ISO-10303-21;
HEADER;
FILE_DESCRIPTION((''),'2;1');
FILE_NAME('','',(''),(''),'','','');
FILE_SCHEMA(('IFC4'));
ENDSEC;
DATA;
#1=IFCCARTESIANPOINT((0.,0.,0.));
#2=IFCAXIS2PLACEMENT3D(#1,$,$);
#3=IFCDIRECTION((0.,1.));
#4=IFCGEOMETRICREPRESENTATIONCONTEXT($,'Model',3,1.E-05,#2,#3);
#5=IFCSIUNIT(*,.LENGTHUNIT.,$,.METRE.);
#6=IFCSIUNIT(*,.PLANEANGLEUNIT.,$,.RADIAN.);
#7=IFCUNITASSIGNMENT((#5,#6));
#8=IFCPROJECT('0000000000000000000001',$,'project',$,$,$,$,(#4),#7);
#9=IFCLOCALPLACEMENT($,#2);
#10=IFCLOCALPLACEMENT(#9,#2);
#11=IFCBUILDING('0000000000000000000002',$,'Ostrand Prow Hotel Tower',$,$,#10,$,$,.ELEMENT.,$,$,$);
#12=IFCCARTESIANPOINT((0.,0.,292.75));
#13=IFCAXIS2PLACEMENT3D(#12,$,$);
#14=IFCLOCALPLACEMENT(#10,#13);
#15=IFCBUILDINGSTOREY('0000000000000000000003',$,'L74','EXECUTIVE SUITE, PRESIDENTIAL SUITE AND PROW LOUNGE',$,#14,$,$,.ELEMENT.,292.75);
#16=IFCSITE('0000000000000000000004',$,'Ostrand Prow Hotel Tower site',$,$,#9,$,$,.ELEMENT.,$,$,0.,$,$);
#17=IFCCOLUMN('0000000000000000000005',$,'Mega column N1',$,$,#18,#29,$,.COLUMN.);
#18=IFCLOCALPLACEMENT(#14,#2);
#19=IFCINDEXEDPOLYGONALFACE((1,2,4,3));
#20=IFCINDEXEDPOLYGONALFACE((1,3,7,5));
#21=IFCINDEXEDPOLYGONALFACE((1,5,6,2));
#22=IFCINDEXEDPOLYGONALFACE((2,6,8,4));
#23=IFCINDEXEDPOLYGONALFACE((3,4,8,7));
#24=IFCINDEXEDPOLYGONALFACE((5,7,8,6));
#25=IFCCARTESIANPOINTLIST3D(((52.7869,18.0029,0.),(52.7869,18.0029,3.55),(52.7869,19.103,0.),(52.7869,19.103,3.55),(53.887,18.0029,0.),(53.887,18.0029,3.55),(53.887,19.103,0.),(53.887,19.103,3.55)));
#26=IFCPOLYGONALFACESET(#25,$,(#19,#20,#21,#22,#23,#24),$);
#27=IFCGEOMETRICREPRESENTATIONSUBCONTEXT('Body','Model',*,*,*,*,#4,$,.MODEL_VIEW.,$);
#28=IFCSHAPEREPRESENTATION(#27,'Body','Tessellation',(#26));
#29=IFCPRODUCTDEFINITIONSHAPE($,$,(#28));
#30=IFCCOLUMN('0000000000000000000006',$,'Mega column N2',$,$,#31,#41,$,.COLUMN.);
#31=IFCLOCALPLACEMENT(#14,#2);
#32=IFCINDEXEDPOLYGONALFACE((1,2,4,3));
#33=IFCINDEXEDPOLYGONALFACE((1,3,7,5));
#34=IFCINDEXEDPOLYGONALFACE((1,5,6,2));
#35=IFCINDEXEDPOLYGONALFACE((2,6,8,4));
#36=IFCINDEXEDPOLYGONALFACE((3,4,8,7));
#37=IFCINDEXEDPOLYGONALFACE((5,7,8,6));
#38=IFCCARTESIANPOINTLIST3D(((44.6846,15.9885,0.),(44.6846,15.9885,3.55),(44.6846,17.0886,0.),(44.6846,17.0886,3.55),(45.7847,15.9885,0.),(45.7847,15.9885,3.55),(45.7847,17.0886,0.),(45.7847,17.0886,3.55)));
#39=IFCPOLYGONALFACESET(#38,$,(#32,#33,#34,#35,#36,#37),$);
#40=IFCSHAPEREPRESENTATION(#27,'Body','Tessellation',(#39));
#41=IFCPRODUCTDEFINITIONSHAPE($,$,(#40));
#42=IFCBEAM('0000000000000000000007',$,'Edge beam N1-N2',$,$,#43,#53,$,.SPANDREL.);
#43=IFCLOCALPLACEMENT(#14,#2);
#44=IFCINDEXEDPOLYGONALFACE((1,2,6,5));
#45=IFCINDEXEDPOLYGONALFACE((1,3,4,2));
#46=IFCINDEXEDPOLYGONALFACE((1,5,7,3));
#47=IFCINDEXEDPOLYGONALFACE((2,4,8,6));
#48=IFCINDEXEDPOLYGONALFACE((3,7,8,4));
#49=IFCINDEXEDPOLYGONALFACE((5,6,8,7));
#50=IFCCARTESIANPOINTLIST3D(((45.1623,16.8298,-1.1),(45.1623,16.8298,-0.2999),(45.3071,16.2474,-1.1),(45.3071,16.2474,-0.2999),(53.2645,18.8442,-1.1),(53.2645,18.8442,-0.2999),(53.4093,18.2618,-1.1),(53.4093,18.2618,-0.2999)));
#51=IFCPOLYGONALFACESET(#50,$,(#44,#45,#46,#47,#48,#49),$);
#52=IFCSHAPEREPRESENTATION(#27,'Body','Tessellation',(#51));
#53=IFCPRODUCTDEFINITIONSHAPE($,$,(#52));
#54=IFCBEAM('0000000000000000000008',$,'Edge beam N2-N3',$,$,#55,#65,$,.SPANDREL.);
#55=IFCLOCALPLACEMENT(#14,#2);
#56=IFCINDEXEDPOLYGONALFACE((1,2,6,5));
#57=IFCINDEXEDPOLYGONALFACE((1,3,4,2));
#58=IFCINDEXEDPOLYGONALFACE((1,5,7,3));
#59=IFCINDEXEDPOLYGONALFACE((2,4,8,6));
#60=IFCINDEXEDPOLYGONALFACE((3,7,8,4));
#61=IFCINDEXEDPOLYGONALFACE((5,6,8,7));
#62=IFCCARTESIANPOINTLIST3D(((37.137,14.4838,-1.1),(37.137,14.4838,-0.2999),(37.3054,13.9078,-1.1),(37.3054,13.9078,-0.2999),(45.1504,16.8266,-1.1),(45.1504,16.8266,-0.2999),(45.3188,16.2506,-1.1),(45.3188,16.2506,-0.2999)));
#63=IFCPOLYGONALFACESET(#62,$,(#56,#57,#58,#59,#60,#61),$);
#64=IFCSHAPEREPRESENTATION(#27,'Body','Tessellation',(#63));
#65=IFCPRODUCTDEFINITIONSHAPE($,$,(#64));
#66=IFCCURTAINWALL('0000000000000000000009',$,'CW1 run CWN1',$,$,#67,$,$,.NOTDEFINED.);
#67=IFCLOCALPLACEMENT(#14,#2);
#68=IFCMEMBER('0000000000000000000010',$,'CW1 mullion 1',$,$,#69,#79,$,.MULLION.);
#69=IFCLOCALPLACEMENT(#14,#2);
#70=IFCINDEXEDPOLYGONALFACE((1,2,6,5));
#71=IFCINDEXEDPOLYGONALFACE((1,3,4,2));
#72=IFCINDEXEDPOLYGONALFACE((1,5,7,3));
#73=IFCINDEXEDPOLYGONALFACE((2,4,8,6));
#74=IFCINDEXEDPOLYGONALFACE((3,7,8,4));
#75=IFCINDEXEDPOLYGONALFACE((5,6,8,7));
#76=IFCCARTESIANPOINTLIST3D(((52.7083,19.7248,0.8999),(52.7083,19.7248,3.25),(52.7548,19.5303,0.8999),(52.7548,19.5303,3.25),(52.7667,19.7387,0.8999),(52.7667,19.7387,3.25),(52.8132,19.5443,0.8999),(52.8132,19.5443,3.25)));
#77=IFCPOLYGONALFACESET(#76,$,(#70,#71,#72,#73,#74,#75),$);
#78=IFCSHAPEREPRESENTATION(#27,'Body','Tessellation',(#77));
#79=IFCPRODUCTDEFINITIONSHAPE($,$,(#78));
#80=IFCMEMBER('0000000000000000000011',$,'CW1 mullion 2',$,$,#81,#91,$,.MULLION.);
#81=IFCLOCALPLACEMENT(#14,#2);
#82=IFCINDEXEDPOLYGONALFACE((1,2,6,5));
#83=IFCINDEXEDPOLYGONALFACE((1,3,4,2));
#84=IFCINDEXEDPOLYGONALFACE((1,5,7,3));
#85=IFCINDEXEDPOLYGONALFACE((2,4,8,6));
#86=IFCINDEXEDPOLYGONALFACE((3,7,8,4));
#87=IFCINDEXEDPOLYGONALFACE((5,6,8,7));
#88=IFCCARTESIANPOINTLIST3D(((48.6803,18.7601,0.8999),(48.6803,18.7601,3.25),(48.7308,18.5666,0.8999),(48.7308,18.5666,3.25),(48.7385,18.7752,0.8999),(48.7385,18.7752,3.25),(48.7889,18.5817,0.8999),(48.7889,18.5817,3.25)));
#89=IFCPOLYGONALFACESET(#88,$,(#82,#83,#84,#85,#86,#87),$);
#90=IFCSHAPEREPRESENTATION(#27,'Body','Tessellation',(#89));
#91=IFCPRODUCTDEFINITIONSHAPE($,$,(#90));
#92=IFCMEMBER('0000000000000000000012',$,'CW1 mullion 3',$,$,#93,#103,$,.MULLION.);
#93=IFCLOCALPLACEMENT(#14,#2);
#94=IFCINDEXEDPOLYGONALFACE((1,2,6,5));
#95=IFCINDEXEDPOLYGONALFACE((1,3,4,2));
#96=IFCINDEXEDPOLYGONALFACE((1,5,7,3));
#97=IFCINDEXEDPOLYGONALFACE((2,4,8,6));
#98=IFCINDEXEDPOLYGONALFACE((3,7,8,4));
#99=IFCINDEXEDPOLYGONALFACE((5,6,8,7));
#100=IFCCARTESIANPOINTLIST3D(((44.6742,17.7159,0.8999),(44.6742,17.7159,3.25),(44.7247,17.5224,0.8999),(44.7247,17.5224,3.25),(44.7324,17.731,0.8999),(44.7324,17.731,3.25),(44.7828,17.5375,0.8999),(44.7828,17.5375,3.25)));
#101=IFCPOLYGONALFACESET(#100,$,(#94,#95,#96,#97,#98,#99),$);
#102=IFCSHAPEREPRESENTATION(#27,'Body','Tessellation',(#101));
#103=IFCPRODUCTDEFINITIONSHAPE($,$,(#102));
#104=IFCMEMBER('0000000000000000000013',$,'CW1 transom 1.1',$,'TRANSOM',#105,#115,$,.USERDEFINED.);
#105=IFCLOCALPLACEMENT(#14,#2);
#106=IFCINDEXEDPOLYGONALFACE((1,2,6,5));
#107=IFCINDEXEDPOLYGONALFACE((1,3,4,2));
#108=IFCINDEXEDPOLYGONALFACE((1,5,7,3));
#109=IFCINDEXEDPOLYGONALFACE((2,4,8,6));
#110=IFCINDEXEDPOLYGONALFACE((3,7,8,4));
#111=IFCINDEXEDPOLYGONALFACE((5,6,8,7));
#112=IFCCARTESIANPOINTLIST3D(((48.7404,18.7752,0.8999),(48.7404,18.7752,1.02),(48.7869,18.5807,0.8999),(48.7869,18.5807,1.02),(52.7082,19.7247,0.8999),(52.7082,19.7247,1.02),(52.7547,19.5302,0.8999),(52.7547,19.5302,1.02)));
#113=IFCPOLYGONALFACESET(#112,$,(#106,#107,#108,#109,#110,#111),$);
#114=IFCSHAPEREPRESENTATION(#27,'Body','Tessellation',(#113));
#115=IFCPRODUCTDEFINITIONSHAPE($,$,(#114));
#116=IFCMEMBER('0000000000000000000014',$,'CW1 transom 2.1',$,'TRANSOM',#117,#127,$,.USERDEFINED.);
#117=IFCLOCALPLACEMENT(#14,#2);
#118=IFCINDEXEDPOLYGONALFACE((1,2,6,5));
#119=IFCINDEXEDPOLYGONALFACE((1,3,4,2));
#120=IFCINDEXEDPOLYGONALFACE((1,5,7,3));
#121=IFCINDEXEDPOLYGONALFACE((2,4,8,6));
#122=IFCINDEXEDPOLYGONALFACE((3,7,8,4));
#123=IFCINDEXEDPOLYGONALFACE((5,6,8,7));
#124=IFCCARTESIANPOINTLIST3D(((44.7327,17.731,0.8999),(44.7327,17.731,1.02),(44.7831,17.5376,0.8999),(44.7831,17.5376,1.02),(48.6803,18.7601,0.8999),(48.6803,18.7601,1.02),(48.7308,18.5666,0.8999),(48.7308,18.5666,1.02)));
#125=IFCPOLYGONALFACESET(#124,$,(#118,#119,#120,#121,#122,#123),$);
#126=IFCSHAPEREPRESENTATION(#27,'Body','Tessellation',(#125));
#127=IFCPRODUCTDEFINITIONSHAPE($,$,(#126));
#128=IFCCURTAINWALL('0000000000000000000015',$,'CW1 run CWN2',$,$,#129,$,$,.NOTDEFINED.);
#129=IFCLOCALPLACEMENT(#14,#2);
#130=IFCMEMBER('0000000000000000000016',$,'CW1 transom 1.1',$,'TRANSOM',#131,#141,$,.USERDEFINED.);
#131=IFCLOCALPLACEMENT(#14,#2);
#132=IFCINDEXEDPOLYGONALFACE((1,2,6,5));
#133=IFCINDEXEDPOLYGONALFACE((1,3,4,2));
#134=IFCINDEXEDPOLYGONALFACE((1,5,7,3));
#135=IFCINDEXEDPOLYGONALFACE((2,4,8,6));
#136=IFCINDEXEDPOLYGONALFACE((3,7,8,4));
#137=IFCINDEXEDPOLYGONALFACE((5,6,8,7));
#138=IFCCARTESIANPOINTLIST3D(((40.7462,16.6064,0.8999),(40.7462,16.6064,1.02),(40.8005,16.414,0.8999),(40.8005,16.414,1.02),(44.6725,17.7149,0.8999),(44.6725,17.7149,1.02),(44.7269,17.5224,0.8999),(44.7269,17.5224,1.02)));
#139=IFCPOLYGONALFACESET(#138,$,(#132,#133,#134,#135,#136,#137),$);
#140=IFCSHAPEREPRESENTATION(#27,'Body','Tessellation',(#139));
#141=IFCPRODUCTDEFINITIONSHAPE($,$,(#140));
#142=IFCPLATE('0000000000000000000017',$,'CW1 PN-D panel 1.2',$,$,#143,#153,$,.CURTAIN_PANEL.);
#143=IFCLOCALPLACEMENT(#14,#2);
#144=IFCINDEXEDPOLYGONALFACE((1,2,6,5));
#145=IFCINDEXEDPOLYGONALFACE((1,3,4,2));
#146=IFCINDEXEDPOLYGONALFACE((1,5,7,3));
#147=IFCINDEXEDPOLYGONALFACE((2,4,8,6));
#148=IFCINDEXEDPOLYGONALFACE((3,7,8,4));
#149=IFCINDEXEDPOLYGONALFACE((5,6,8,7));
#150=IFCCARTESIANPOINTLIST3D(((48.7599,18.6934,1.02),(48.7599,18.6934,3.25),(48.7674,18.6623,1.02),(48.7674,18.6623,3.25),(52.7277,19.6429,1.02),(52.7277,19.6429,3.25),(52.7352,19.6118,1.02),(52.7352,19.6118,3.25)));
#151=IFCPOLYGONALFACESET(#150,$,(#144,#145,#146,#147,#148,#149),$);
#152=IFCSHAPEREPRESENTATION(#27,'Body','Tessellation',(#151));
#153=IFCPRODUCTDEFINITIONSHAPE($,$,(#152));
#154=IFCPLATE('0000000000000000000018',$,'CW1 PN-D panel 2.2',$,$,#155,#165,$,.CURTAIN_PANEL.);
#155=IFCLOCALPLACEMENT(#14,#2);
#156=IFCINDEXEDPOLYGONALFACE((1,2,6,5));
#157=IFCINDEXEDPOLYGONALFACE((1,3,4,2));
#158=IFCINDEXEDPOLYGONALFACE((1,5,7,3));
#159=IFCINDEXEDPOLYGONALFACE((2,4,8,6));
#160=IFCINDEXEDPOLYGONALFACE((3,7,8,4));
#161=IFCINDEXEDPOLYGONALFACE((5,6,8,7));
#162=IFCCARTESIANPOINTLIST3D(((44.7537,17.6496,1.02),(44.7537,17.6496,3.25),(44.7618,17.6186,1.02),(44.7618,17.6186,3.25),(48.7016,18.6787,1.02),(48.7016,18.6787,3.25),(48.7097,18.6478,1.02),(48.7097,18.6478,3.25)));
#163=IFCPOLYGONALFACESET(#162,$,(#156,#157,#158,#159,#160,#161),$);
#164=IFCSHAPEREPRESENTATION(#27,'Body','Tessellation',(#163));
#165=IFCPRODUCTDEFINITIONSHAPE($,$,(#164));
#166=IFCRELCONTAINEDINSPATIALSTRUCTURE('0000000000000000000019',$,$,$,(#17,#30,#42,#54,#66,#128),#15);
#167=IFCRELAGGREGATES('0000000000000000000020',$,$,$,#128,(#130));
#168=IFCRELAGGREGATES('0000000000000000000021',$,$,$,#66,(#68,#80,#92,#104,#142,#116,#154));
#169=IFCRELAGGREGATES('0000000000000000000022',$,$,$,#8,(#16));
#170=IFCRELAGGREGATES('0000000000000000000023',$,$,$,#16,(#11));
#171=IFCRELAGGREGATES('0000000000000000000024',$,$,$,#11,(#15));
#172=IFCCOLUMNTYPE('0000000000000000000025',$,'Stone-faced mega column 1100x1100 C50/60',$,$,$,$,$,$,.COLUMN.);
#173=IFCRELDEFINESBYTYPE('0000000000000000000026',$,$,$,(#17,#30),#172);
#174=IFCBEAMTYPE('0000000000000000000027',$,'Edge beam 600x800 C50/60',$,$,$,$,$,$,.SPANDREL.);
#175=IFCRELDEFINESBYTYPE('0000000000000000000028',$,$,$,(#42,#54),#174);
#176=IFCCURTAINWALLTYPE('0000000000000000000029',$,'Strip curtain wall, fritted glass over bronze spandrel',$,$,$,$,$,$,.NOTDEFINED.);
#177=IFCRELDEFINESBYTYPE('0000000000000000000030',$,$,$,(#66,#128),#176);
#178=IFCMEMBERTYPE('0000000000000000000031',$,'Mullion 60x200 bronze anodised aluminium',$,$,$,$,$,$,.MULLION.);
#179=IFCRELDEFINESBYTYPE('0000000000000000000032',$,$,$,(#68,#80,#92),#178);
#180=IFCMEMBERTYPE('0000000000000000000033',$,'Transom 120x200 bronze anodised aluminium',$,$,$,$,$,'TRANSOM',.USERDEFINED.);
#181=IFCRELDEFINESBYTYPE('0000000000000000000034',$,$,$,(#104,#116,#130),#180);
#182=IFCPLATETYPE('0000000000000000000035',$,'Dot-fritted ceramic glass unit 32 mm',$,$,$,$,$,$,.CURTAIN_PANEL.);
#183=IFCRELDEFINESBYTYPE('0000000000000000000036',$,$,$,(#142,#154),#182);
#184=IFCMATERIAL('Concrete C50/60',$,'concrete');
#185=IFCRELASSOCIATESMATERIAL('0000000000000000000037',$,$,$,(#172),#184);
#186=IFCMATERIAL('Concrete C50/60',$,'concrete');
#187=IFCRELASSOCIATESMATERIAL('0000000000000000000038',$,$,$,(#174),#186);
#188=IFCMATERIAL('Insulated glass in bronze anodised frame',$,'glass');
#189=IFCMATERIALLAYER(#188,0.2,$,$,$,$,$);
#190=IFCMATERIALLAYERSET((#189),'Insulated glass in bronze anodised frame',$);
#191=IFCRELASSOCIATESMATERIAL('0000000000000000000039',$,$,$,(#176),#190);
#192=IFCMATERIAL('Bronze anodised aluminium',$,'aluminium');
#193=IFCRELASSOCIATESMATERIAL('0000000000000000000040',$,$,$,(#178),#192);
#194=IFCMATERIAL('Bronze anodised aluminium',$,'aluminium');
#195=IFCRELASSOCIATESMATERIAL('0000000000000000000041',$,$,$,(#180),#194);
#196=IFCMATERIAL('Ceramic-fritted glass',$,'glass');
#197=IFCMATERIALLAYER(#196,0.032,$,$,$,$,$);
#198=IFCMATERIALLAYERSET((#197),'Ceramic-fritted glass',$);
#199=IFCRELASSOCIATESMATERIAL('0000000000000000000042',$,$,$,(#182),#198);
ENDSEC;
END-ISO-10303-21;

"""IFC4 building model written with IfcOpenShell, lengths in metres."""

from ifc_helpers import new_model, si_unit, direction, frame, origin, origin_2d, place, context, subcontext, project, spatial, rectangle, extrude, material, layer, layer_set, material_profile, profile_set, type_object, element, aggregate, save


model = new_model("IFC4")

# Units and contexts
model_context = context("Model", 3, precision=1e-05, world=origin(), true_north=direction((0.0, 1.0)))
body_context = subcontext(model_context, "Body", "Model", "MODEL_VIEW")
ifc_project = project(units=[si_unit("LENGTHUNIT", "METRE"), si_unit("PLANEANGLEUNIT", "RADIAN")], contexts=[model_context])

# Site, building, storey
site_placement = place(None, origin())
site = spatial("IfcSite", under=ifc_project, at=site_placement, Name="Ostrand Prow Hotel Tower site", CompositionType="ELEMENT", RefElevation=0.0)
building_placement = place(site_placement, origin())
building = spatial("IfcBuilding", under=site, at=building_placement, Name="Ostrand Prow Hotel Tower", CompositionType="ELEMENT")
storey_placement = place(building_placement, frame((0.0, 0.0, 292.75)))
storey = spatial("IfcBuildingStorey", under=building, at=storey_placement, Name="L74", Description="EXECUTIVE SUITE, PRESIDENTIAL SUITE AND PROW LOUNGE", CompositionType="ELEMENT", Elevation=292.75)

# Columns
ifc_material_1 = material(Name="Concrete C50/60", Category="concrete")
ifc_material_profile_1 = material_profile(ifc_material_1, rectangle(XDim=1.1001, YDim=1.1001, at=origin_2d()), Name="RC 1100x1100")
ifc_profile_set_1 = profile_set([ifc_material_profile_1], Name="Concrete C50/60")
column_type = type_object("IfcColumnType", Name="Stone-faced mega column 1100x1100 C50/60", PredefinedType="COLUMN", material=ifc_profile_set_1)
for number, where, z_axis, x_axis, name in (
    (1, (53.3369, 18.553, 0.0), (0.0, 0.0, 1.0), (1.0, 0.0, 0.0), "Mega column N1"),
    (2, (45.2346, 16.5386, 0.0), (0.0, 0.0, 1.0), (1.0, 0.0, 0.0), "Mega column N2"),
):
    element("IfcColumn", number, at=place(storey_placement, frame(where, z_axis=z_axis, x_axis=x_axis)), inside=storey, type_object=column_type, Name=name, PredefinedType="COLUMN", context=body_context, shape_type="SweptSolid", body=[
        extrude(rectangle(XDim=1.1001, YDim=1.1001, at=origin_2d()), origin(), (0.0, 0.0, 1.0), 3.55),
    ])

# Beams
ifc_material_2 = material(Name="Concrete C50/60", Category="concrete")
ifc_material_profile_2 = material_profile(ifc_material_2, rectangle(XDim=0.6001, YDim=0.8, at=origin_2d()), Name="RC 600x800")
ifc_profile_set_2 = profile_set([ifc_material_profile_2], Name="Concrete C50/60")
beam_type = type_object("IfcBeamType", Name="Edge beam 600x800 C50/60", PredefinedType="SPANDREL", material=ifc_profile_set_2)
for number, where, z_axis, x_axis, name in (
    (3, (53.3369, 18.553, -0.7), (-0.970456, -0.241276, 0.0), (0.241276, -0.970456, 0.0), "Edge beam N1-N2"),
    (4, (45.2346, 16.5386, -0.7), (-0.959822, -0.28061, 0.0), (0.28061, -0.959822, 0.0), "Edge beam N2-N3"),
):
    element("IfcBeam", number, at=place(storey_placement, frame(where, z_axis=z_axis, x_axis=x_axis)), inside=storey, type_object=beam_type, Name=name, PredefinedType="SPANDREL", context=body_context, shape_type="SweptSolid", body=[
        extrude(rectangle(XDim=0.6001, YDim=0.8, at=origin_2d()), origin(), (0.0, 0.0, 1.0), 8.3489),
    ])

# Curtain wall, members
ifc_material_3 = material(Name="Insulated glass in bronze anodised frame", Category="glass")
ifc_layer_1 = layer(ifc_material_3, 0.2)
ifc_layer_set_1 = layer_set([ifc_layer_1], Name="Insulated glass in bronze anodised frame")
curtain_wall_type = type_object("IfcCurtainWallType", Name="Strip curtain wall, fritted glass over bronze spandrel", PredefinedType="NOTDEFINED", material=ifc_layer_set_1)
curtain_wall_1_placement = place(storey_placement, origin())
curtain_wall_1 = element("IfcCurtainWall", 5, at=curtain_wall_1_placement, inside=storey, type_object=curtain_wall_type, Name="CW1 run CWN1", PredefinedType="NOTDEFINED")
ifc_material_4 = material(Name="Bronze anodised aluminium", Category="aluminium")
ifc_material_profile_3 = material_profile(ifc_material_4, rectangle(XDim=0.2, YDim=0.0601, at=origin_2d()), Name="Mullion 60x200 bronze anodised aluminium")
ifc_profile_set_3 = profile_set([ifc_material_profile_3], Name="Bronze anodised aluminium")
member_type_1 = type_object("IfcMemberType", Name="Mullion 60x200 bronze anodised aluminium", PredefinedType="MULLION", material=ifc_profile_set_3)
member_1_placement = place(storey_placement, frame((52.7607, 19.6345, 0.8999), z_axis=(0.0, 0.0, 1.0), x_axis=(0.232746, -0.972538, 0.0)))
member_1 = element("IfcMember", 6, at=member_1_placement, type_object=member_type_1, Name="CW1 mullion 1", PredefinedType="MULLION", context=body_context, shape_type="SweptSolid", body=[
    extrude(rectangle(XDim=0.2, YDim=0.0601, at=origin_2d()), origin(), (0.0, 0.0, 1.0), 2.3501),
])
member_2_placement = place(storey_placement, frame((48.7346, 18.6709, 0.8999), z_axis=(0.0, 0.0, 1.0), x_axis=(0.252248, -0.967663, 0.0)))
member_2 = element("IfcMember", 7, at=member_2_placement, type_object=member_type_1, Name="CW1 mullion 2", PredefinedType="MULLION", context=body_context, shape_type="SweptSolid", body=[
    extrude(rectangle(XDim=0.2, YDim=0.0601, at=origin_2d()), origin(), (0.0, 0.0, 1.0), 2.3501),
])
member_3_placement = place(storey_placement, frame((44.7285, 17.6267, 0.8999), z_axis=(0.0, 0.0, 1.0), x_axis=(0.252248, -0.967663, 0.0)))
member_3 = element("IfcMember", 8, at=member_3_placement, type_object=member_type_1, Name="CW1 mullion 3", PredefinedType="MULLION", context=body_context, shape_type="SweptSolid", body=[
    extrude(rectangle(XDim=0.2, YDim=0.0601, at=origin_2d()), origin(), (0.0, 0.0, 1.0), 2.3501),
])
ifc_material_5 = material(Name="Bronze anodised aluminium", Category="aluminium")
ifc_material_profile_4 = material_profile(ifc_material_5, rectangle(XDim=0.2, YDim=0.1201, at=origin_2d()), Name="Transom 120x200 bronze anodised aluminium")
ifc_profile_set_4 = profile_set([ifc_material_profile_4], Name="Bronze anodised aluminium")
member_type_2 = type_object("IfcMemberType", Name="Transom 120x200 bronze anodised aluminium", ElementType="TRANSOM", PredefinedType="USERDEFINED", material=ifc_profile_set_4)
member_4_placement = place(storey_placement, frame((52.7314, 19.6274, 0.96), z_axis=(-0.972543, -0.232723, 0.0), x_axis=(0.232723, -0.972543, 0.0)))
member_4 = element("IfcMember", 9, at=member_4_placement, type_object=member_type_2, Name="CW1 transom 1.1", ObjectType="TRANSOM", PredefinedType="USERDEFINED", context=body_context, shape_type="SweptSolid", body=[
    extrude(rectangle(XDim=0.2, YDim=0.1201, at=origin_2d()), origin(), (0.0, 0.0, 1.0), 4.0798),
])
member_5_placement = place(storey_placement, frame((48.7056, 18.6633, 0.96), z_axis=(-0.967665, -0.252239, 0.0), x_axis=(0.252239, -0.967665, 0.0)))
member_5 = element("IfcMember", 10, at=member_5_placement, type_object=member_type_2, Name="CW1 transom 2.1", ObjectType="TRANSOM", PredefinedType="USERDEFINED", context=body_context, shape_type="SweptSolid", body=[
    extrude(rectangle(XDim=0.2, YDim=0.1201, at=origin_2d()), origin(), (0.0, 0.0, 1.0), 4.0796),
])

# Curtain wall, member
curtain_wall_2_placement = place(storey_placement, origin())
curtain_wall_2 = element("IfcCurtainWall", 11, at=curtain_wall_2_placement, inside=storey, type_object=curtain_wall_type, Name="CW1 run CWN2", PredefinedType="NOTDEFINED")
member_6_placement = place(storey_placement, frame((44.6997, 17.6187, 0.96), z_axis=(-0.962386, -0.271685, 0.0), x_axis=(0.271685, -0.962386, 0.0)))
member_6 = element("IfcMember", 12, at=member_6_placement, type_object=member_type_2, Name="CW1 transom 1.1", ObjectType="TRANSOM", PredefinedType="USERDEFINED", context=body_context, shape_type="SweptSolid", body=[
    extrude(rectangle(XDim=0.2, YDim=0.1201, at=origin_2d()), origin(), (0.0, 0.0, 1.0), 4.0798),
])
aggregate(curtain_wall_2, [member_6])

# Plates
ifc_material_6 = material(Name="Ceramic-fritted glass", Category="glass")
ifc_layer_2 = layer(ifc_material_6, 0.032)
ifc_layer_set_2 = layer_set([ifc_layer_2], Name="Ceramic-fritted glass")
plate_type = type_object("IfcPlateType", Name="Dot-fritted ceramic glass unit 32 mm", PredefinedType="CURTAIN_PANEL", material=ifc_layer_set_2)
plate_1_placement = place(storey_placement, frame((50.7476, 19.1526, 1.02), z_axis=(0.0, 0.0, 1.0), x_axis=(-0.972538, -0.232746, 0.0)))
plate_1 = element("IfcPlate", 13, at=plate_1_placement, type_object=plate_type, Name="CW1 PN-D panel 1.2", PredefinedType="CURTAIN_PANEL", context=body_context, shape_type="SweptSolid", body=[
    extrude(rectangle(XDim=4.0798, YDim=0.032, at=origin_2d()), origin(), (0.0, 0.0, 1.0), 2.23),
])
plate_2_placement = place(storey_placement, frame((46.7317, 18.1487, 1.02), z_axis=(0.0, 0.0, 1.0), x_axis=(-0.967663, -0.252248, 0.0)))
plate_2 = element("IfcPlate", 14, at=plate_2_placement, type_object=plate_type, Name="CW1 PN-D panel 2.2", PredefinedType="CURTAIN_PANEL", context=body_context, shape_type="SweptSolid", body=[
    extrude(rectangle(XDim=4.0798, YDim=0.032, at=origin_2d()), origin(), (0.0, 0.0, 1.0), 2.23),
])
aggregate(curtain_wall_1, [member_1, member_2, member_3, member_4, plate_1, member_5, plate_2])

save(model, "model.ifc")
